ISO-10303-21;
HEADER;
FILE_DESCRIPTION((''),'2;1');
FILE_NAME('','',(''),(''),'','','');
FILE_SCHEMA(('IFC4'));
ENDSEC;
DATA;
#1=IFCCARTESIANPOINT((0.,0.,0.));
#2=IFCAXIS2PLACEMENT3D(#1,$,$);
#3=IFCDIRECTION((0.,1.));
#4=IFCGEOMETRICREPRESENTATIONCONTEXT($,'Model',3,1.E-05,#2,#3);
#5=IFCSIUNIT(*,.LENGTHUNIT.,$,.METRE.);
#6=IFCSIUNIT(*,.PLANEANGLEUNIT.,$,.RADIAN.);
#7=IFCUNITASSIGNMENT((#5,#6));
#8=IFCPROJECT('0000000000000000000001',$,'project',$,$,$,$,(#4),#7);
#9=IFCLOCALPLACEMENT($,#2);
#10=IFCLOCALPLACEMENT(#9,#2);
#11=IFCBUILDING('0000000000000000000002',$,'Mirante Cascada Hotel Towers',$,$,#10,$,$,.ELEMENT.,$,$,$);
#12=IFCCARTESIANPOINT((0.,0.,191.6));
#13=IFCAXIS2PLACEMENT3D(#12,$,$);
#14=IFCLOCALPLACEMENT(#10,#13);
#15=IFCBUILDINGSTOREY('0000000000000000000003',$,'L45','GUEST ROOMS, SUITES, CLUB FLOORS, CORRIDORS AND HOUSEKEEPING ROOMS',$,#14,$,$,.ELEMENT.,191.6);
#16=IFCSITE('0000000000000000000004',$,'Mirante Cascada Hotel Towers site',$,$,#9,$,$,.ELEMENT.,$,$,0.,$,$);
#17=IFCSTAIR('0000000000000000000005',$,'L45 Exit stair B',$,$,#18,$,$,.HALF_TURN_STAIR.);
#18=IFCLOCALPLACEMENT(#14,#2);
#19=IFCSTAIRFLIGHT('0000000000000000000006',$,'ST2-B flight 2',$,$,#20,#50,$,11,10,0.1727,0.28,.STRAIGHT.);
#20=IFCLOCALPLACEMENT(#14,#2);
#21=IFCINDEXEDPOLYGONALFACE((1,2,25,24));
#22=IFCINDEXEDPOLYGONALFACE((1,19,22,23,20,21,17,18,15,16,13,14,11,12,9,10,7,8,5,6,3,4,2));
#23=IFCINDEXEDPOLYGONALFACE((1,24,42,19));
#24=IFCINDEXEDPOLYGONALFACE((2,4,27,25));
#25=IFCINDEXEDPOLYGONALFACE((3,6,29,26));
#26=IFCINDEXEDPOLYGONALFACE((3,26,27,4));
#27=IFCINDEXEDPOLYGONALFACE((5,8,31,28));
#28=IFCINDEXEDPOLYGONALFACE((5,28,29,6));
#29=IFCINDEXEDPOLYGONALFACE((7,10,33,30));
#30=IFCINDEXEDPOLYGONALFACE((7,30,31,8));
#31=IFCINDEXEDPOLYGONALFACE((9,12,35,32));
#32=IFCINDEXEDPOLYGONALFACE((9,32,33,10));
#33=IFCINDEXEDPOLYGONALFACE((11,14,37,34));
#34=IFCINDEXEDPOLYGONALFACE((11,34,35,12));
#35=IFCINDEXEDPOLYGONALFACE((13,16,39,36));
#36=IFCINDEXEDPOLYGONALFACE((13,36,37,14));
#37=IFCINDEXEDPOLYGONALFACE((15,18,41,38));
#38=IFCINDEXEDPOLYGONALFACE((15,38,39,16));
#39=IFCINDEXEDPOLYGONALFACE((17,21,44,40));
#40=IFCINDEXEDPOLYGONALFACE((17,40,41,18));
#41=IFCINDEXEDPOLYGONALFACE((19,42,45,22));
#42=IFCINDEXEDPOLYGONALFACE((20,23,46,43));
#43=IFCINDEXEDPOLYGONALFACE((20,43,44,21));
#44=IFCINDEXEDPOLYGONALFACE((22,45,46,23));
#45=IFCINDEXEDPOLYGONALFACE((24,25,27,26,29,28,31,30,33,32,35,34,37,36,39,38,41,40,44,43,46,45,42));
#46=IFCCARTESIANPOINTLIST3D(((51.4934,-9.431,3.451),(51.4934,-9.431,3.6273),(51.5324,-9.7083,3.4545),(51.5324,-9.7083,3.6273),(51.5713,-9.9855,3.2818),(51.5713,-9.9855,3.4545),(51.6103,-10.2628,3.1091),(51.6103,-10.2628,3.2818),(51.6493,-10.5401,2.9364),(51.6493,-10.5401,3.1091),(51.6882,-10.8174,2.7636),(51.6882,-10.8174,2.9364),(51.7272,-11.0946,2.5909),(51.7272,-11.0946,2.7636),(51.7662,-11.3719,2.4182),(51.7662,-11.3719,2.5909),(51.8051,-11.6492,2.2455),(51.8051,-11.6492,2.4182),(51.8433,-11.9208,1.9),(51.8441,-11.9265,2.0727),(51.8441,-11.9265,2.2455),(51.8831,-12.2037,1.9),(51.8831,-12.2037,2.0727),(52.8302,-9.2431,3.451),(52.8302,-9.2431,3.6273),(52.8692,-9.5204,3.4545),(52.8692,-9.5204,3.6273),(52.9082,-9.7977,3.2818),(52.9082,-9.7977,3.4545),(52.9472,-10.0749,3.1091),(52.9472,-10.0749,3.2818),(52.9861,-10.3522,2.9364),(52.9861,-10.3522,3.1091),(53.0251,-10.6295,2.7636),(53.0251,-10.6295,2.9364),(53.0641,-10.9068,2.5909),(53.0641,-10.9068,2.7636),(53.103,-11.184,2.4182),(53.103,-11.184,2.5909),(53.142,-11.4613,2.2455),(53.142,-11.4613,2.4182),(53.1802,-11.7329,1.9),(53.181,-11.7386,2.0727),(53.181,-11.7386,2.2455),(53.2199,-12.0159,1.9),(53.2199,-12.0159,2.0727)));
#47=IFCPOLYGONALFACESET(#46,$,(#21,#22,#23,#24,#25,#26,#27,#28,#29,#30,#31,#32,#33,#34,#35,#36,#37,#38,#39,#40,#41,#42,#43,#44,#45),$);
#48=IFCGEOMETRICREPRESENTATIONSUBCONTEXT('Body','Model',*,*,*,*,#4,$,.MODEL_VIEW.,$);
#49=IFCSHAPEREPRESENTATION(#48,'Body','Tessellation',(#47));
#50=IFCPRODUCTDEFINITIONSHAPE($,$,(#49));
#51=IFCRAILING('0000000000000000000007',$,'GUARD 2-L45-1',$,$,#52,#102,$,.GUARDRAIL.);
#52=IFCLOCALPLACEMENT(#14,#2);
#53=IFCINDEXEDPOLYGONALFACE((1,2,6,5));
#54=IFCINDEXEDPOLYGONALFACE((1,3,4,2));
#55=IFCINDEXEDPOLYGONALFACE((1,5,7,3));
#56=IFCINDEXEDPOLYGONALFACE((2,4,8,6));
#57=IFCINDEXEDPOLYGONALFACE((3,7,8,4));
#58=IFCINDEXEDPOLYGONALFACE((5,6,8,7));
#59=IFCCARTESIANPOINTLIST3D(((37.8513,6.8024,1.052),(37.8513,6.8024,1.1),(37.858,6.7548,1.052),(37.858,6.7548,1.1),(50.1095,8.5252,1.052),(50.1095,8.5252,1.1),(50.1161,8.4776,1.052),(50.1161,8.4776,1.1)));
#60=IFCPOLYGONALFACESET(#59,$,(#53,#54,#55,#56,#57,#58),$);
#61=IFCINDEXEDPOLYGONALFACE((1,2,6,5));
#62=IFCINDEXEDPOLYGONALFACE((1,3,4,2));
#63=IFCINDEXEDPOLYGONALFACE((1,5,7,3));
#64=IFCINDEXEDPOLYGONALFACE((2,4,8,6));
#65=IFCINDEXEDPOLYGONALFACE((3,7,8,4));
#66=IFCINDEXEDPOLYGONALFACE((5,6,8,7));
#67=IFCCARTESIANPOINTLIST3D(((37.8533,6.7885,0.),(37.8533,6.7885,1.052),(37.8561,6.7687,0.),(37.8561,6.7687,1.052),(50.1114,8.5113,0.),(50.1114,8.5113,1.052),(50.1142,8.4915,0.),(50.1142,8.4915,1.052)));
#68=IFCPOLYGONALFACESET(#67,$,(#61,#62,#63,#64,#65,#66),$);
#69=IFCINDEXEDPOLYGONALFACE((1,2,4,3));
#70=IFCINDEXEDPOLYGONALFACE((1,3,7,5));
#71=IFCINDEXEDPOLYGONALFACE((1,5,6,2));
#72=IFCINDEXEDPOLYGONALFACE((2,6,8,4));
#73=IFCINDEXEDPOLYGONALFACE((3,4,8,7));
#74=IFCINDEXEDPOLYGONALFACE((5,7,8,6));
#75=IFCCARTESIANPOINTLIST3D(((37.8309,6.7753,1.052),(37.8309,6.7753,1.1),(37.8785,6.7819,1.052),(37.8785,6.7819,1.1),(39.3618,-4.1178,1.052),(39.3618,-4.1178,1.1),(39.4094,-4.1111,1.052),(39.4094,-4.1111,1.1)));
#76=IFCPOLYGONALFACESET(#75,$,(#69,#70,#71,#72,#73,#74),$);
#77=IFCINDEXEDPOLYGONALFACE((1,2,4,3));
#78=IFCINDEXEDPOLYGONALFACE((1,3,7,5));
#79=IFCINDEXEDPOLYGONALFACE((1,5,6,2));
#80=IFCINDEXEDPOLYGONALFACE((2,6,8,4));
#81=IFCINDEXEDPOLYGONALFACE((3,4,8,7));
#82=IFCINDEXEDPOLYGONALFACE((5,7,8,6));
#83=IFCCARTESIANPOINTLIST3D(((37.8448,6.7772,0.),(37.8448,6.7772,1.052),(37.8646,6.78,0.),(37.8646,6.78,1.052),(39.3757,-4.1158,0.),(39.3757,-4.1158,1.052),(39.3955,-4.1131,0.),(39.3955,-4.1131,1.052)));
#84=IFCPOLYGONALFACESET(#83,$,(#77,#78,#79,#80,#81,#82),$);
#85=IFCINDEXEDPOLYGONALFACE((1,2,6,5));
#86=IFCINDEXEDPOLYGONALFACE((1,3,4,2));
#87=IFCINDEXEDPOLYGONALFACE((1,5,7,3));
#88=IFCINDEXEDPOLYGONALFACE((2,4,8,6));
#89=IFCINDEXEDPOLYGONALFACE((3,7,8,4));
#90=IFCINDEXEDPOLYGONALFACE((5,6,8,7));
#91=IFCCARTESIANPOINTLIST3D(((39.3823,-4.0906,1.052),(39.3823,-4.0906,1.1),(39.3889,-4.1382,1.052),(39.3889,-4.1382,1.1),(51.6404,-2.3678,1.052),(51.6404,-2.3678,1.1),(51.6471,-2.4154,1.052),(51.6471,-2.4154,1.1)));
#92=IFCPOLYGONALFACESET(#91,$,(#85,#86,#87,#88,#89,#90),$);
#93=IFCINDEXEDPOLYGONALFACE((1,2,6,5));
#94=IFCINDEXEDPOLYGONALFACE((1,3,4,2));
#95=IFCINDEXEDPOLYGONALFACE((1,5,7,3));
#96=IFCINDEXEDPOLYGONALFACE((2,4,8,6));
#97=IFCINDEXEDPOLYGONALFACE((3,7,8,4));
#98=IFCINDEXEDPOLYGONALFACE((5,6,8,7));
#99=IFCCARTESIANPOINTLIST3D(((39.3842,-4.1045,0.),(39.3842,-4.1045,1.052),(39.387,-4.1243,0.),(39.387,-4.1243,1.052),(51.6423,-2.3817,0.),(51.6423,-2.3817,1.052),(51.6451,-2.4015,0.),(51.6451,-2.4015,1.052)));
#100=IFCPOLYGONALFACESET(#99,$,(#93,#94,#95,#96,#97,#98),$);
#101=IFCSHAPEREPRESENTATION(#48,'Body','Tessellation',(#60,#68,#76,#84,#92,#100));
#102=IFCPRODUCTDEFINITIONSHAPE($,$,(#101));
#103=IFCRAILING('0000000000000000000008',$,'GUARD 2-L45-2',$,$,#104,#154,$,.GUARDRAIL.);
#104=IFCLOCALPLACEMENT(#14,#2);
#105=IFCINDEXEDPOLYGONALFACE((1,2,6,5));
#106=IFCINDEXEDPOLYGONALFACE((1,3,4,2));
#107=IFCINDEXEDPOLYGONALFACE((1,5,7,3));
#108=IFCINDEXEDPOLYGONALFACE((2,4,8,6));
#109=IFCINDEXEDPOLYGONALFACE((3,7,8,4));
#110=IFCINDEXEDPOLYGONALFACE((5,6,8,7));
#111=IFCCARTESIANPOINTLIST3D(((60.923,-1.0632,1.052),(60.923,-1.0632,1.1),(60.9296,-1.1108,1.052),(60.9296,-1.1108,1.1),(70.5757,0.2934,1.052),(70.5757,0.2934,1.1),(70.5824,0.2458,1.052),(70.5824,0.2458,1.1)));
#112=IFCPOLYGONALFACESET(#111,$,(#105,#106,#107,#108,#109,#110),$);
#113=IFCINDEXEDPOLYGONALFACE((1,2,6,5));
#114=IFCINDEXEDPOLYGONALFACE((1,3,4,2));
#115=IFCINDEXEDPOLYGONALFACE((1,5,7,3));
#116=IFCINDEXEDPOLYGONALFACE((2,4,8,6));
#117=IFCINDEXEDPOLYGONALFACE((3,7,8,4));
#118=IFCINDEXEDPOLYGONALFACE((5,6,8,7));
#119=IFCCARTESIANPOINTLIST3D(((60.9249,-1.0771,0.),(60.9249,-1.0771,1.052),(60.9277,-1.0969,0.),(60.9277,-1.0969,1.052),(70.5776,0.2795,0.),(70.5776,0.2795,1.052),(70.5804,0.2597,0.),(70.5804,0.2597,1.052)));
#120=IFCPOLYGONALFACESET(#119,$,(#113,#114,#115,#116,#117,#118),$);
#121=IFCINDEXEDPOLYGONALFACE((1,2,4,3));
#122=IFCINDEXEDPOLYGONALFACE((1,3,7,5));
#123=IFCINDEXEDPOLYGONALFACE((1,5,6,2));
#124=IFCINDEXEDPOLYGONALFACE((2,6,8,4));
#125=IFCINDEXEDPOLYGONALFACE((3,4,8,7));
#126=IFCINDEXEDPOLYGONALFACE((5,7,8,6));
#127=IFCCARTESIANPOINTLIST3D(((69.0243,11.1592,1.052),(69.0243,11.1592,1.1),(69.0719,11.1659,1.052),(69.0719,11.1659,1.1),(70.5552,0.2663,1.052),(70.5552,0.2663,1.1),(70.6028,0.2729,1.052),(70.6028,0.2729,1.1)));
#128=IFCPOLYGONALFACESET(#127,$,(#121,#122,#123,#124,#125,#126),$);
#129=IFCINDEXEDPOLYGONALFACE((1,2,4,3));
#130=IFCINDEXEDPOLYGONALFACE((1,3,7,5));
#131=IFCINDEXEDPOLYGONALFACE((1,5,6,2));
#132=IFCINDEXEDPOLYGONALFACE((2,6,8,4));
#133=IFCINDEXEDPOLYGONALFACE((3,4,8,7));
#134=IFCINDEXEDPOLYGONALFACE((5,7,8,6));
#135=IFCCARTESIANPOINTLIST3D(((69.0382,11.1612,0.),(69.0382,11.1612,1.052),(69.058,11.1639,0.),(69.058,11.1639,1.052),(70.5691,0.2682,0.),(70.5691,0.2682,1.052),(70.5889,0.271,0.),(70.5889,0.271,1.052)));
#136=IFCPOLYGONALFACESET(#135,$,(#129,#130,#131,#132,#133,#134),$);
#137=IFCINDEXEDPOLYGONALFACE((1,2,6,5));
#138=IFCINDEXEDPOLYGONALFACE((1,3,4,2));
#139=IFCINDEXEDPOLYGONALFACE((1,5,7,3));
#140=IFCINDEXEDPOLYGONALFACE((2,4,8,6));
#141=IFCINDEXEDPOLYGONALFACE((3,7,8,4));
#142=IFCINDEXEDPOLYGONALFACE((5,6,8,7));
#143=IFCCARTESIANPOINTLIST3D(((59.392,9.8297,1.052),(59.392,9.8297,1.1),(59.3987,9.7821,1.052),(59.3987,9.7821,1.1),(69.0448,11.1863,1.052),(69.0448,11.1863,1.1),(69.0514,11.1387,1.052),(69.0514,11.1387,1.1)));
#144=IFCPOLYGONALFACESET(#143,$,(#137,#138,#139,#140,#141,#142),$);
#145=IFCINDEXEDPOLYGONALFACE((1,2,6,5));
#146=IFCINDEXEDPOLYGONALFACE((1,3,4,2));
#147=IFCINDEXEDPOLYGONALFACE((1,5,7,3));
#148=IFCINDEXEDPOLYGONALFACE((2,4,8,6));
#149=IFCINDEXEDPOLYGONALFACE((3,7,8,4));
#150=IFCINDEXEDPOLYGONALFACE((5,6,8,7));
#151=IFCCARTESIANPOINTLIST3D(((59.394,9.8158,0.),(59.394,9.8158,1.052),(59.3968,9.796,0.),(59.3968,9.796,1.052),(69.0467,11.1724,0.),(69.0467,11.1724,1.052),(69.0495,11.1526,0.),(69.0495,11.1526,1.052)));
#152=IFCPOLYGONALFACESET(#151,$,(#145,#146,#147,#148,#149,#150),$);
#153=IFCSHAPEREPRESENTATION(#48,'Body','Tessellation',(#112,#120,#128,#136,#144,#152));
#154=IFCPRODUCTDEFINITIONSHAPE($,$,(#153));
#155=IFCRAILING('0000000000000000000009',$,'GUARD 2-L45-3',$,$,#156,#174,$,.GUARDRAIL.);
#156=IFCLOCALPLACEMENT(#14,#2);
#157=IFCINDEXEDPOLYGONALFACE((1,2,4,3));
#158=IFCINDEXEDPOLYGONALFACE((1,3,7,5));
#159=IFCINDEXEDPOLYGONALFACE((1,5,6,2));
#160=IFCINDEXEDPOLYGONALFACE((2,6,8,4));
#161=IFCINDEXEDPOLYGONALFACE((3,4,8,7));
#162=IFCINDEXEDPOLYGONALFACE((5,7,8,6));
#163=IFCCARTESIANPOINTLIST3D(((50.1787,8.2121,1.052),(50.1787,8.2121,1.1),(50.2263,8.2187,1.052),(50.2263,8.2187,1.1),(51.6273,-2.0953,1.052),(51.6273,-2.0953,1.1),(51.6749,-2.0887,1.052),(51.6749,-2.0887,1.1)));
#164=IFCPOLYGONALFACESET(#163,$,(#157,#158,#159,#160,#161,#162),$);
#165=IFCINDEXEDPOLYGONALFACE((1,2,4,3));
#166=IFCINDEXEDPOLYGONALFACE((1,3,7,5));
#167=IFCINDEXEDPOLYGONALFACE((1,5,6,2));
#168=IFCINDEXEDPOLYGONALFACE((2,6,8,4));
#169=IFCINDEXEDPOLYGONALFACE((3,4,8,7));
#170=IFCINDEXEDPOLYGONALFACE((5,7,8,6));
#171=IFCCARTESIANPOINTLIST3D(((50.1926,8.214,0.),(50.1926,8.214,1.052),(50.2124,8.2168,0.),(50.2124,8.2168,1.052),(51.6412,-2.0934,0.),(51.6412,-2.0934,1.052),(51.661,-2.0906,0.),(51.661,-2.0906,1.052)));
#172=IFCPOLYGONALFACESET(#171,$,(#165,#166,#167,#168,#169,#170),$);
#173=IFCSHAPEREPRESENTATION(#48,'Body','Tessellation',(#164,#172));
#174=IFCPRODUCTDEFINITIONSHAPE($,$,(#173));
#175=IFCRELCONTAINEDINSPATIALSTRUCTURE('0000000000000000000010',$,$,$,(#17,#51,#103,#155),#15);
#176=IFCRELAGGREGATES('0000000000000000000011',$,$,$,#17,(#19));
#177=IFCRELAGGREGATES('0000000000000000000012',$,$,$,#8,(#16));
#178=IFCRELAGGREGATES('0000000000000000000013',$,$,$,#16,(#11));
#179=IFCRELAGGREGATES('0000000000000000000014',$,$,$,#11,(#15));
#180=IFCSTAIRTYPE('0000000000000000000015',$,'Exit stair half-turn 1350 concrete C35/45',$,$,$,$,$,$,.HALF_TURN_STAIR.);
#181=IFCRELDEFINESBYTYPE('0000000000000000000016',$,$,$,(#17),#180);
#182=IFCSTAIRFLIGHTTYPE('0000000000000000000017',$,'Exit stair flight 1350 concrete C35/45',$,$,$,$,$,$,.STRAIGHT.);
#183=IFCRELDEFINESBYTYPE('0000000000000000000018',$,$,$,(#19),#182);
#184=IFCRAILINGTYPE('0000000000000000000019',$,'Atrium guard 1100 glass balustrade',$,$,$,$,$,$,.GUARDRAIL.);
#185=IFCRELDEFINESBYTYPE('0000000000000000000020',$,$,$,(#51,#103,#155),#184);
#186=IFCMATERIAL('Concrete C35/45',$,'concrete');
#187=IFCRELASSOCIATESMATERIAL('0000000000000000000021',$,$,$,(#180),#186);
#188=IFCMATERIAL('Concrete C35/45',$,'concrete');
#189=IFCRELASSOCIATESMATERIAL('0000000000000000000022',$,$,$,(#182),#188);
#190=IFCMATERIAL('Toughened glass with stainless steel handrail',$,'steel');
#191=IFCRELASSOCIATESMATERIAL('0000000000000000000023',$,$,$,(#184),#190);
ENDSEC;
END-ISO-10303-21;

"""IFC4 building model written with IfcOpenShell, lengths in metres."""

from ifc_helpers import new_model, si_unit, direction, frame, origin, origin_2d, place, context, subcontext, project, spatial, polyline, rectangle, outline, extrude, material, type_object, element, aggregate, save


model = new_model("IFC4")

# Units and contexts
model_context = context("Model", 3, precision=1e-05, world=origin(), true_north=direction((0.0, 1.0)))
body_context = subcontext(model_context, "Body", "Model", "MODEL_VIEW")
ifc_project = project(units=[si_unit("LENGTHUNIT", "METRE"), si_unit("PLANEANGLEUNIT", "RADIAN")], contexts=[model_context])

# Site, building, storey
site_placement = place(None, origin())
site = spatial("IfcSite", under=ifc_project, at=site_placement, Name="Mirante Cascada Hotel Towers site", CompositionType="ELEMENT", RefElevation=0.0)
building_placement = place(site_placement, origin())
building = spatial("IfcBuilding", under=site, at=building_placement, Name="Mirante Cascada Hotel Towers", CompositionType="ELEMENT")
storey_placement = place(building_placement, frame((0.0, 0.0, 191.6)))
storey = spatial("IfcBuildingStorey", under=building, at=storey_placement, Name="L45", Description="GUEST ROOMS, SUITES, CLUB FLOORS, CORRIDORS AND HOUSEKEEPING ROOMS", CompositionType="ELEMENT", Elevation=191.6)

# Stair, stair flight
ifc_material_1 = material(Name="Concrete C35/45", Category="concrete")
stair_type = type_object("IfcStairType", Name="Exit stair half-turn 1350 concrete C35/45", PredefinedType="HALF_TURN_STAIR", material=ifc_material_1)
stair_placement = place(storey_placement, origin())
stair = element("IfcStair", 1, at=stair_placement, inside=storey, type_object=stair_type, Name="L45 Exit stair B", PredefinedType="HALF_TURN_STAIR")
ifc_material_2 = material(Name="Concrete C35/45", Category="concrete")
stair_flight_type = type_object("IfcStairFlightType", Name="Exit stair flight 1350 concrete C35/45", PredefinedType="STRAIGHT", material=ifc_material_2)
stair_flight_1_placement = place(storey_placement, frame((52.5515, -12.1098, 1.9), z_axis=(0.0, 0.0, 1.0), x_axis=(-0.139173, 0.990268, 0.0)))
stair_flight_1 = element("IfcStairFlight", 2, at=stair_flight_1_placement, type_object=stair_flight_type, Name="ST2-B flight 2", NumberOfRisers=11, NumberOfTreads=10, PredefinedType="STRAIGHT", RiserHeight=0.1727, TreadLength=0.28, context=body_context, shape_type="SweptSolid", body=[
    extrude(outline(polyline([(0.0, 0.0), (0.0, 0.1727), (0.28, 0.1727), (0.28, 0.3455), (0.56, 0.3455), (0.56, 0.5182), (0.84, 0.5182), (0.84, 0.6909), (1.12, 0.6909), (1.12, 0.8636), (1.4, 0.8636), (1.4, 1.0364), (1.68, 1.0364), (1.68, 1.2091), (1.96, 1.2091), (1.96, 1.3818), (2.24, 1.3818), (2.24, 1.5545), (2.52, 1.5545), (2.52, 1.7273), (2.8, 1.7273), (2.8, 1.9), (2.8, 1.551), (0.2857, 0.0), (0.0, 0.0)])), frame((0.0, 0.675, 0.0), z_axis=(0.0, -1.0, 0.0), x_axis=(1.0, 0.0, 0.0)), (0.0, 0.0, 1.0), 1.35),
])
aggregate(stair, [stair_flight_1])

# Railings
ifc_material_3 = material(Name="Toughened glass with stainless steel handrail", Category="steel")
railing_type_1 = type_object("IfcRailingType", Name="Atrium guard 1100 glass balustrade", PredefinedType="GUARDRAIL", material=ifc_material_3)
railing_1_placement = place(storey_placement, frame((50.1128, 8.5014, 0.0)))
element("IfcRailing", 3, at=railing_1_placement, inside=storey, type_object=railing_type_1, Name="GUARD 2-L45-1", PredefinedType="GUARDRAIL", context=body_context, shape_type="SweptSolid", body=[
    extrude(rectangle(XDim=0.048, YDim=0.048, at=origin_2d()), frame((0.0, 0.0, 1.076), z_axis=(-0.990268, -0.139176, 0.0), x_axis=(0.139176, -0.990268, 0.0)), (0.0, 0.0, 1.0), 12.3786),
    extrude(rectangle(XDim=0.02, YDim=1.052, at=origin_2d()), frame((0.0, 0.0, 0.526), z_axis=(-0.990268, -0.139176, 0.0), x_axis=(0.139176, -0.990268, 0.0)), (0.0, 0.0, 1.0), 12.3786),
    extrude(rectangle(XDim=0.048, YDim=0.048, at=origin_2d()), frame((-12.2581, -1.7228, 1.076), z_axis=(0.139172, -0.990268, 0.0), x_axis=(0.990268, 0.139172, 0.0)), (0.0, 0.0, 1.0), 11.0001),
    extrude(rectangle(XDim=0.02, YDim=1.052, at=origin_2d()), frame((-12.2581, -1.7228, 0.526), z_axis=(0.139172, -0.990268, 0.0), x_axis=(0.990268, 0.139172, 0.0)), (0.0, 0.0, 1.0), 11.0001),
    extrude(rectangle(XDim=0.048, YDim=0.048, at=origin_2d()), frame((-10.7272, -12.6158, 1.076), z_axis=(0.990268, 0.139176, 0.0), x_axis=(-0.139176, 0.990268, 0.0)), (0.0, 0.0, 1.0), 12.3786),
    extrude(rectangle(XDim=0.02, YDim=1.052, at=origin_2d()), frame((-10.7272, -12.6158, 0.526), z_axis=(0.990268, 0.139176, 0.0), x_axis=(-0.139176, 0.990268, 0.0)), (0.0, 0.0, 1.0), 12.3786),
])
railing_2_placement = place(storey_placement, frame((60.9263, -1.087, 0.0)))
element("IfcRailing", 4, at=railing_2_placement, inside=storey, type_object=railing_type_1, Name="GUARD 2-L45-2", PredefinedType="GUARDRAIL", context=body_context, shape_type="SweptSolid", body=[
    extrude(rectangle(XDim=0.048, YDim=0.048, at=origin_2d()), frame((0.0, 0.0, 1.076), z_axis=(0.990268, 0.139173, 0.0), x_axis=(-0.139173, 0.990268, 0.0)), (0.0, 0.0, 1.0), 9.7476),
    extrude(rectangle(XDim=0.02, YDim=1.052, at=origin_2d()), frame((0.0, 0.0, 0.526), z_axis=(0.990268, 0.139173, 0.0), x_axis=(-0.139173, 0.990268, 0.0)), (0.0, 0.0, 1.0), 9.7476),
    extrude(rectangle(XDim=0.048, YDim=0.048, at=origin_2d()), frame((9.6527, 1.3566, 1.076), z_axis=(-0.139173, 0.990268, 0.0), x_axis=(-0.990268, -0.139173, 0.0)), (0.0, 0.0, 1.0), 11.0),
    extrude(rectangle(XDim=0.02, YDim=1.052, at=origin_2d()), frame((9.6527, 1.3566, 0.526), z_axis=(-0.139173, 0.990268, 0.0), x_axis=(-0.990268, -0.139173, 0.0)), (0.0, 0.0, 1.0), 11.0),
    extrude(rectangle(XDim=0.048, YDim=0.048, at=origin_2d()), frame((8.1218, 12.2495, 1.076), z_axis=(-0.990268, -0.139173, 0.0), x_axis=(0.139173, -0.990268, 0.0)), (0.0, 0.0, 1.0), 9.7476),
    extrude(rectangle(XDim=0.02, YDim=1.052, at=origin_2d()), frame((8.1218, 12.2495, 0.526), z_axis=(-0.990268, -0.139173, 0.0), x_axis=(0.139173, -0.990268, 0.0)), (0.0, 0.0, 1.0), 9.7476),
])
railing_3_placement = place(storey_placement, frame((51.6511, -2.092, 0.0)))
element("IfcRailing", 5, at=railing_3_placement, inside=storey, type_object=railing_type_1, Name="GUARD 2-L45-3", PredefinedType="GUARDRAIL", context=body_context, shape_type="SweptSolid", body=[
    extrude(rectangle(XDim=0.048, YDim=0.048, at=origin_2d()), frame((0.0, 0.0, 1.076), z_axis=(-0.139172, 0.990268, 0.0), x_axis=(-0.990268, -0.139172, 0.0)), (0.0, 0.0, 1.0), 10.4087),
    extrude(rectangle(XDim=0.02, YDim=1.052, at=origin_2d()), frame((0.0, 0.0, 0.526), z_axis=(-0.139172, 0.990268, 0.0), x_axis=(-0.990268, -0.139172, 0.0)), (0.0, 0.0, 1.0), 10.4087),
])

save(model, "model.ifc")
